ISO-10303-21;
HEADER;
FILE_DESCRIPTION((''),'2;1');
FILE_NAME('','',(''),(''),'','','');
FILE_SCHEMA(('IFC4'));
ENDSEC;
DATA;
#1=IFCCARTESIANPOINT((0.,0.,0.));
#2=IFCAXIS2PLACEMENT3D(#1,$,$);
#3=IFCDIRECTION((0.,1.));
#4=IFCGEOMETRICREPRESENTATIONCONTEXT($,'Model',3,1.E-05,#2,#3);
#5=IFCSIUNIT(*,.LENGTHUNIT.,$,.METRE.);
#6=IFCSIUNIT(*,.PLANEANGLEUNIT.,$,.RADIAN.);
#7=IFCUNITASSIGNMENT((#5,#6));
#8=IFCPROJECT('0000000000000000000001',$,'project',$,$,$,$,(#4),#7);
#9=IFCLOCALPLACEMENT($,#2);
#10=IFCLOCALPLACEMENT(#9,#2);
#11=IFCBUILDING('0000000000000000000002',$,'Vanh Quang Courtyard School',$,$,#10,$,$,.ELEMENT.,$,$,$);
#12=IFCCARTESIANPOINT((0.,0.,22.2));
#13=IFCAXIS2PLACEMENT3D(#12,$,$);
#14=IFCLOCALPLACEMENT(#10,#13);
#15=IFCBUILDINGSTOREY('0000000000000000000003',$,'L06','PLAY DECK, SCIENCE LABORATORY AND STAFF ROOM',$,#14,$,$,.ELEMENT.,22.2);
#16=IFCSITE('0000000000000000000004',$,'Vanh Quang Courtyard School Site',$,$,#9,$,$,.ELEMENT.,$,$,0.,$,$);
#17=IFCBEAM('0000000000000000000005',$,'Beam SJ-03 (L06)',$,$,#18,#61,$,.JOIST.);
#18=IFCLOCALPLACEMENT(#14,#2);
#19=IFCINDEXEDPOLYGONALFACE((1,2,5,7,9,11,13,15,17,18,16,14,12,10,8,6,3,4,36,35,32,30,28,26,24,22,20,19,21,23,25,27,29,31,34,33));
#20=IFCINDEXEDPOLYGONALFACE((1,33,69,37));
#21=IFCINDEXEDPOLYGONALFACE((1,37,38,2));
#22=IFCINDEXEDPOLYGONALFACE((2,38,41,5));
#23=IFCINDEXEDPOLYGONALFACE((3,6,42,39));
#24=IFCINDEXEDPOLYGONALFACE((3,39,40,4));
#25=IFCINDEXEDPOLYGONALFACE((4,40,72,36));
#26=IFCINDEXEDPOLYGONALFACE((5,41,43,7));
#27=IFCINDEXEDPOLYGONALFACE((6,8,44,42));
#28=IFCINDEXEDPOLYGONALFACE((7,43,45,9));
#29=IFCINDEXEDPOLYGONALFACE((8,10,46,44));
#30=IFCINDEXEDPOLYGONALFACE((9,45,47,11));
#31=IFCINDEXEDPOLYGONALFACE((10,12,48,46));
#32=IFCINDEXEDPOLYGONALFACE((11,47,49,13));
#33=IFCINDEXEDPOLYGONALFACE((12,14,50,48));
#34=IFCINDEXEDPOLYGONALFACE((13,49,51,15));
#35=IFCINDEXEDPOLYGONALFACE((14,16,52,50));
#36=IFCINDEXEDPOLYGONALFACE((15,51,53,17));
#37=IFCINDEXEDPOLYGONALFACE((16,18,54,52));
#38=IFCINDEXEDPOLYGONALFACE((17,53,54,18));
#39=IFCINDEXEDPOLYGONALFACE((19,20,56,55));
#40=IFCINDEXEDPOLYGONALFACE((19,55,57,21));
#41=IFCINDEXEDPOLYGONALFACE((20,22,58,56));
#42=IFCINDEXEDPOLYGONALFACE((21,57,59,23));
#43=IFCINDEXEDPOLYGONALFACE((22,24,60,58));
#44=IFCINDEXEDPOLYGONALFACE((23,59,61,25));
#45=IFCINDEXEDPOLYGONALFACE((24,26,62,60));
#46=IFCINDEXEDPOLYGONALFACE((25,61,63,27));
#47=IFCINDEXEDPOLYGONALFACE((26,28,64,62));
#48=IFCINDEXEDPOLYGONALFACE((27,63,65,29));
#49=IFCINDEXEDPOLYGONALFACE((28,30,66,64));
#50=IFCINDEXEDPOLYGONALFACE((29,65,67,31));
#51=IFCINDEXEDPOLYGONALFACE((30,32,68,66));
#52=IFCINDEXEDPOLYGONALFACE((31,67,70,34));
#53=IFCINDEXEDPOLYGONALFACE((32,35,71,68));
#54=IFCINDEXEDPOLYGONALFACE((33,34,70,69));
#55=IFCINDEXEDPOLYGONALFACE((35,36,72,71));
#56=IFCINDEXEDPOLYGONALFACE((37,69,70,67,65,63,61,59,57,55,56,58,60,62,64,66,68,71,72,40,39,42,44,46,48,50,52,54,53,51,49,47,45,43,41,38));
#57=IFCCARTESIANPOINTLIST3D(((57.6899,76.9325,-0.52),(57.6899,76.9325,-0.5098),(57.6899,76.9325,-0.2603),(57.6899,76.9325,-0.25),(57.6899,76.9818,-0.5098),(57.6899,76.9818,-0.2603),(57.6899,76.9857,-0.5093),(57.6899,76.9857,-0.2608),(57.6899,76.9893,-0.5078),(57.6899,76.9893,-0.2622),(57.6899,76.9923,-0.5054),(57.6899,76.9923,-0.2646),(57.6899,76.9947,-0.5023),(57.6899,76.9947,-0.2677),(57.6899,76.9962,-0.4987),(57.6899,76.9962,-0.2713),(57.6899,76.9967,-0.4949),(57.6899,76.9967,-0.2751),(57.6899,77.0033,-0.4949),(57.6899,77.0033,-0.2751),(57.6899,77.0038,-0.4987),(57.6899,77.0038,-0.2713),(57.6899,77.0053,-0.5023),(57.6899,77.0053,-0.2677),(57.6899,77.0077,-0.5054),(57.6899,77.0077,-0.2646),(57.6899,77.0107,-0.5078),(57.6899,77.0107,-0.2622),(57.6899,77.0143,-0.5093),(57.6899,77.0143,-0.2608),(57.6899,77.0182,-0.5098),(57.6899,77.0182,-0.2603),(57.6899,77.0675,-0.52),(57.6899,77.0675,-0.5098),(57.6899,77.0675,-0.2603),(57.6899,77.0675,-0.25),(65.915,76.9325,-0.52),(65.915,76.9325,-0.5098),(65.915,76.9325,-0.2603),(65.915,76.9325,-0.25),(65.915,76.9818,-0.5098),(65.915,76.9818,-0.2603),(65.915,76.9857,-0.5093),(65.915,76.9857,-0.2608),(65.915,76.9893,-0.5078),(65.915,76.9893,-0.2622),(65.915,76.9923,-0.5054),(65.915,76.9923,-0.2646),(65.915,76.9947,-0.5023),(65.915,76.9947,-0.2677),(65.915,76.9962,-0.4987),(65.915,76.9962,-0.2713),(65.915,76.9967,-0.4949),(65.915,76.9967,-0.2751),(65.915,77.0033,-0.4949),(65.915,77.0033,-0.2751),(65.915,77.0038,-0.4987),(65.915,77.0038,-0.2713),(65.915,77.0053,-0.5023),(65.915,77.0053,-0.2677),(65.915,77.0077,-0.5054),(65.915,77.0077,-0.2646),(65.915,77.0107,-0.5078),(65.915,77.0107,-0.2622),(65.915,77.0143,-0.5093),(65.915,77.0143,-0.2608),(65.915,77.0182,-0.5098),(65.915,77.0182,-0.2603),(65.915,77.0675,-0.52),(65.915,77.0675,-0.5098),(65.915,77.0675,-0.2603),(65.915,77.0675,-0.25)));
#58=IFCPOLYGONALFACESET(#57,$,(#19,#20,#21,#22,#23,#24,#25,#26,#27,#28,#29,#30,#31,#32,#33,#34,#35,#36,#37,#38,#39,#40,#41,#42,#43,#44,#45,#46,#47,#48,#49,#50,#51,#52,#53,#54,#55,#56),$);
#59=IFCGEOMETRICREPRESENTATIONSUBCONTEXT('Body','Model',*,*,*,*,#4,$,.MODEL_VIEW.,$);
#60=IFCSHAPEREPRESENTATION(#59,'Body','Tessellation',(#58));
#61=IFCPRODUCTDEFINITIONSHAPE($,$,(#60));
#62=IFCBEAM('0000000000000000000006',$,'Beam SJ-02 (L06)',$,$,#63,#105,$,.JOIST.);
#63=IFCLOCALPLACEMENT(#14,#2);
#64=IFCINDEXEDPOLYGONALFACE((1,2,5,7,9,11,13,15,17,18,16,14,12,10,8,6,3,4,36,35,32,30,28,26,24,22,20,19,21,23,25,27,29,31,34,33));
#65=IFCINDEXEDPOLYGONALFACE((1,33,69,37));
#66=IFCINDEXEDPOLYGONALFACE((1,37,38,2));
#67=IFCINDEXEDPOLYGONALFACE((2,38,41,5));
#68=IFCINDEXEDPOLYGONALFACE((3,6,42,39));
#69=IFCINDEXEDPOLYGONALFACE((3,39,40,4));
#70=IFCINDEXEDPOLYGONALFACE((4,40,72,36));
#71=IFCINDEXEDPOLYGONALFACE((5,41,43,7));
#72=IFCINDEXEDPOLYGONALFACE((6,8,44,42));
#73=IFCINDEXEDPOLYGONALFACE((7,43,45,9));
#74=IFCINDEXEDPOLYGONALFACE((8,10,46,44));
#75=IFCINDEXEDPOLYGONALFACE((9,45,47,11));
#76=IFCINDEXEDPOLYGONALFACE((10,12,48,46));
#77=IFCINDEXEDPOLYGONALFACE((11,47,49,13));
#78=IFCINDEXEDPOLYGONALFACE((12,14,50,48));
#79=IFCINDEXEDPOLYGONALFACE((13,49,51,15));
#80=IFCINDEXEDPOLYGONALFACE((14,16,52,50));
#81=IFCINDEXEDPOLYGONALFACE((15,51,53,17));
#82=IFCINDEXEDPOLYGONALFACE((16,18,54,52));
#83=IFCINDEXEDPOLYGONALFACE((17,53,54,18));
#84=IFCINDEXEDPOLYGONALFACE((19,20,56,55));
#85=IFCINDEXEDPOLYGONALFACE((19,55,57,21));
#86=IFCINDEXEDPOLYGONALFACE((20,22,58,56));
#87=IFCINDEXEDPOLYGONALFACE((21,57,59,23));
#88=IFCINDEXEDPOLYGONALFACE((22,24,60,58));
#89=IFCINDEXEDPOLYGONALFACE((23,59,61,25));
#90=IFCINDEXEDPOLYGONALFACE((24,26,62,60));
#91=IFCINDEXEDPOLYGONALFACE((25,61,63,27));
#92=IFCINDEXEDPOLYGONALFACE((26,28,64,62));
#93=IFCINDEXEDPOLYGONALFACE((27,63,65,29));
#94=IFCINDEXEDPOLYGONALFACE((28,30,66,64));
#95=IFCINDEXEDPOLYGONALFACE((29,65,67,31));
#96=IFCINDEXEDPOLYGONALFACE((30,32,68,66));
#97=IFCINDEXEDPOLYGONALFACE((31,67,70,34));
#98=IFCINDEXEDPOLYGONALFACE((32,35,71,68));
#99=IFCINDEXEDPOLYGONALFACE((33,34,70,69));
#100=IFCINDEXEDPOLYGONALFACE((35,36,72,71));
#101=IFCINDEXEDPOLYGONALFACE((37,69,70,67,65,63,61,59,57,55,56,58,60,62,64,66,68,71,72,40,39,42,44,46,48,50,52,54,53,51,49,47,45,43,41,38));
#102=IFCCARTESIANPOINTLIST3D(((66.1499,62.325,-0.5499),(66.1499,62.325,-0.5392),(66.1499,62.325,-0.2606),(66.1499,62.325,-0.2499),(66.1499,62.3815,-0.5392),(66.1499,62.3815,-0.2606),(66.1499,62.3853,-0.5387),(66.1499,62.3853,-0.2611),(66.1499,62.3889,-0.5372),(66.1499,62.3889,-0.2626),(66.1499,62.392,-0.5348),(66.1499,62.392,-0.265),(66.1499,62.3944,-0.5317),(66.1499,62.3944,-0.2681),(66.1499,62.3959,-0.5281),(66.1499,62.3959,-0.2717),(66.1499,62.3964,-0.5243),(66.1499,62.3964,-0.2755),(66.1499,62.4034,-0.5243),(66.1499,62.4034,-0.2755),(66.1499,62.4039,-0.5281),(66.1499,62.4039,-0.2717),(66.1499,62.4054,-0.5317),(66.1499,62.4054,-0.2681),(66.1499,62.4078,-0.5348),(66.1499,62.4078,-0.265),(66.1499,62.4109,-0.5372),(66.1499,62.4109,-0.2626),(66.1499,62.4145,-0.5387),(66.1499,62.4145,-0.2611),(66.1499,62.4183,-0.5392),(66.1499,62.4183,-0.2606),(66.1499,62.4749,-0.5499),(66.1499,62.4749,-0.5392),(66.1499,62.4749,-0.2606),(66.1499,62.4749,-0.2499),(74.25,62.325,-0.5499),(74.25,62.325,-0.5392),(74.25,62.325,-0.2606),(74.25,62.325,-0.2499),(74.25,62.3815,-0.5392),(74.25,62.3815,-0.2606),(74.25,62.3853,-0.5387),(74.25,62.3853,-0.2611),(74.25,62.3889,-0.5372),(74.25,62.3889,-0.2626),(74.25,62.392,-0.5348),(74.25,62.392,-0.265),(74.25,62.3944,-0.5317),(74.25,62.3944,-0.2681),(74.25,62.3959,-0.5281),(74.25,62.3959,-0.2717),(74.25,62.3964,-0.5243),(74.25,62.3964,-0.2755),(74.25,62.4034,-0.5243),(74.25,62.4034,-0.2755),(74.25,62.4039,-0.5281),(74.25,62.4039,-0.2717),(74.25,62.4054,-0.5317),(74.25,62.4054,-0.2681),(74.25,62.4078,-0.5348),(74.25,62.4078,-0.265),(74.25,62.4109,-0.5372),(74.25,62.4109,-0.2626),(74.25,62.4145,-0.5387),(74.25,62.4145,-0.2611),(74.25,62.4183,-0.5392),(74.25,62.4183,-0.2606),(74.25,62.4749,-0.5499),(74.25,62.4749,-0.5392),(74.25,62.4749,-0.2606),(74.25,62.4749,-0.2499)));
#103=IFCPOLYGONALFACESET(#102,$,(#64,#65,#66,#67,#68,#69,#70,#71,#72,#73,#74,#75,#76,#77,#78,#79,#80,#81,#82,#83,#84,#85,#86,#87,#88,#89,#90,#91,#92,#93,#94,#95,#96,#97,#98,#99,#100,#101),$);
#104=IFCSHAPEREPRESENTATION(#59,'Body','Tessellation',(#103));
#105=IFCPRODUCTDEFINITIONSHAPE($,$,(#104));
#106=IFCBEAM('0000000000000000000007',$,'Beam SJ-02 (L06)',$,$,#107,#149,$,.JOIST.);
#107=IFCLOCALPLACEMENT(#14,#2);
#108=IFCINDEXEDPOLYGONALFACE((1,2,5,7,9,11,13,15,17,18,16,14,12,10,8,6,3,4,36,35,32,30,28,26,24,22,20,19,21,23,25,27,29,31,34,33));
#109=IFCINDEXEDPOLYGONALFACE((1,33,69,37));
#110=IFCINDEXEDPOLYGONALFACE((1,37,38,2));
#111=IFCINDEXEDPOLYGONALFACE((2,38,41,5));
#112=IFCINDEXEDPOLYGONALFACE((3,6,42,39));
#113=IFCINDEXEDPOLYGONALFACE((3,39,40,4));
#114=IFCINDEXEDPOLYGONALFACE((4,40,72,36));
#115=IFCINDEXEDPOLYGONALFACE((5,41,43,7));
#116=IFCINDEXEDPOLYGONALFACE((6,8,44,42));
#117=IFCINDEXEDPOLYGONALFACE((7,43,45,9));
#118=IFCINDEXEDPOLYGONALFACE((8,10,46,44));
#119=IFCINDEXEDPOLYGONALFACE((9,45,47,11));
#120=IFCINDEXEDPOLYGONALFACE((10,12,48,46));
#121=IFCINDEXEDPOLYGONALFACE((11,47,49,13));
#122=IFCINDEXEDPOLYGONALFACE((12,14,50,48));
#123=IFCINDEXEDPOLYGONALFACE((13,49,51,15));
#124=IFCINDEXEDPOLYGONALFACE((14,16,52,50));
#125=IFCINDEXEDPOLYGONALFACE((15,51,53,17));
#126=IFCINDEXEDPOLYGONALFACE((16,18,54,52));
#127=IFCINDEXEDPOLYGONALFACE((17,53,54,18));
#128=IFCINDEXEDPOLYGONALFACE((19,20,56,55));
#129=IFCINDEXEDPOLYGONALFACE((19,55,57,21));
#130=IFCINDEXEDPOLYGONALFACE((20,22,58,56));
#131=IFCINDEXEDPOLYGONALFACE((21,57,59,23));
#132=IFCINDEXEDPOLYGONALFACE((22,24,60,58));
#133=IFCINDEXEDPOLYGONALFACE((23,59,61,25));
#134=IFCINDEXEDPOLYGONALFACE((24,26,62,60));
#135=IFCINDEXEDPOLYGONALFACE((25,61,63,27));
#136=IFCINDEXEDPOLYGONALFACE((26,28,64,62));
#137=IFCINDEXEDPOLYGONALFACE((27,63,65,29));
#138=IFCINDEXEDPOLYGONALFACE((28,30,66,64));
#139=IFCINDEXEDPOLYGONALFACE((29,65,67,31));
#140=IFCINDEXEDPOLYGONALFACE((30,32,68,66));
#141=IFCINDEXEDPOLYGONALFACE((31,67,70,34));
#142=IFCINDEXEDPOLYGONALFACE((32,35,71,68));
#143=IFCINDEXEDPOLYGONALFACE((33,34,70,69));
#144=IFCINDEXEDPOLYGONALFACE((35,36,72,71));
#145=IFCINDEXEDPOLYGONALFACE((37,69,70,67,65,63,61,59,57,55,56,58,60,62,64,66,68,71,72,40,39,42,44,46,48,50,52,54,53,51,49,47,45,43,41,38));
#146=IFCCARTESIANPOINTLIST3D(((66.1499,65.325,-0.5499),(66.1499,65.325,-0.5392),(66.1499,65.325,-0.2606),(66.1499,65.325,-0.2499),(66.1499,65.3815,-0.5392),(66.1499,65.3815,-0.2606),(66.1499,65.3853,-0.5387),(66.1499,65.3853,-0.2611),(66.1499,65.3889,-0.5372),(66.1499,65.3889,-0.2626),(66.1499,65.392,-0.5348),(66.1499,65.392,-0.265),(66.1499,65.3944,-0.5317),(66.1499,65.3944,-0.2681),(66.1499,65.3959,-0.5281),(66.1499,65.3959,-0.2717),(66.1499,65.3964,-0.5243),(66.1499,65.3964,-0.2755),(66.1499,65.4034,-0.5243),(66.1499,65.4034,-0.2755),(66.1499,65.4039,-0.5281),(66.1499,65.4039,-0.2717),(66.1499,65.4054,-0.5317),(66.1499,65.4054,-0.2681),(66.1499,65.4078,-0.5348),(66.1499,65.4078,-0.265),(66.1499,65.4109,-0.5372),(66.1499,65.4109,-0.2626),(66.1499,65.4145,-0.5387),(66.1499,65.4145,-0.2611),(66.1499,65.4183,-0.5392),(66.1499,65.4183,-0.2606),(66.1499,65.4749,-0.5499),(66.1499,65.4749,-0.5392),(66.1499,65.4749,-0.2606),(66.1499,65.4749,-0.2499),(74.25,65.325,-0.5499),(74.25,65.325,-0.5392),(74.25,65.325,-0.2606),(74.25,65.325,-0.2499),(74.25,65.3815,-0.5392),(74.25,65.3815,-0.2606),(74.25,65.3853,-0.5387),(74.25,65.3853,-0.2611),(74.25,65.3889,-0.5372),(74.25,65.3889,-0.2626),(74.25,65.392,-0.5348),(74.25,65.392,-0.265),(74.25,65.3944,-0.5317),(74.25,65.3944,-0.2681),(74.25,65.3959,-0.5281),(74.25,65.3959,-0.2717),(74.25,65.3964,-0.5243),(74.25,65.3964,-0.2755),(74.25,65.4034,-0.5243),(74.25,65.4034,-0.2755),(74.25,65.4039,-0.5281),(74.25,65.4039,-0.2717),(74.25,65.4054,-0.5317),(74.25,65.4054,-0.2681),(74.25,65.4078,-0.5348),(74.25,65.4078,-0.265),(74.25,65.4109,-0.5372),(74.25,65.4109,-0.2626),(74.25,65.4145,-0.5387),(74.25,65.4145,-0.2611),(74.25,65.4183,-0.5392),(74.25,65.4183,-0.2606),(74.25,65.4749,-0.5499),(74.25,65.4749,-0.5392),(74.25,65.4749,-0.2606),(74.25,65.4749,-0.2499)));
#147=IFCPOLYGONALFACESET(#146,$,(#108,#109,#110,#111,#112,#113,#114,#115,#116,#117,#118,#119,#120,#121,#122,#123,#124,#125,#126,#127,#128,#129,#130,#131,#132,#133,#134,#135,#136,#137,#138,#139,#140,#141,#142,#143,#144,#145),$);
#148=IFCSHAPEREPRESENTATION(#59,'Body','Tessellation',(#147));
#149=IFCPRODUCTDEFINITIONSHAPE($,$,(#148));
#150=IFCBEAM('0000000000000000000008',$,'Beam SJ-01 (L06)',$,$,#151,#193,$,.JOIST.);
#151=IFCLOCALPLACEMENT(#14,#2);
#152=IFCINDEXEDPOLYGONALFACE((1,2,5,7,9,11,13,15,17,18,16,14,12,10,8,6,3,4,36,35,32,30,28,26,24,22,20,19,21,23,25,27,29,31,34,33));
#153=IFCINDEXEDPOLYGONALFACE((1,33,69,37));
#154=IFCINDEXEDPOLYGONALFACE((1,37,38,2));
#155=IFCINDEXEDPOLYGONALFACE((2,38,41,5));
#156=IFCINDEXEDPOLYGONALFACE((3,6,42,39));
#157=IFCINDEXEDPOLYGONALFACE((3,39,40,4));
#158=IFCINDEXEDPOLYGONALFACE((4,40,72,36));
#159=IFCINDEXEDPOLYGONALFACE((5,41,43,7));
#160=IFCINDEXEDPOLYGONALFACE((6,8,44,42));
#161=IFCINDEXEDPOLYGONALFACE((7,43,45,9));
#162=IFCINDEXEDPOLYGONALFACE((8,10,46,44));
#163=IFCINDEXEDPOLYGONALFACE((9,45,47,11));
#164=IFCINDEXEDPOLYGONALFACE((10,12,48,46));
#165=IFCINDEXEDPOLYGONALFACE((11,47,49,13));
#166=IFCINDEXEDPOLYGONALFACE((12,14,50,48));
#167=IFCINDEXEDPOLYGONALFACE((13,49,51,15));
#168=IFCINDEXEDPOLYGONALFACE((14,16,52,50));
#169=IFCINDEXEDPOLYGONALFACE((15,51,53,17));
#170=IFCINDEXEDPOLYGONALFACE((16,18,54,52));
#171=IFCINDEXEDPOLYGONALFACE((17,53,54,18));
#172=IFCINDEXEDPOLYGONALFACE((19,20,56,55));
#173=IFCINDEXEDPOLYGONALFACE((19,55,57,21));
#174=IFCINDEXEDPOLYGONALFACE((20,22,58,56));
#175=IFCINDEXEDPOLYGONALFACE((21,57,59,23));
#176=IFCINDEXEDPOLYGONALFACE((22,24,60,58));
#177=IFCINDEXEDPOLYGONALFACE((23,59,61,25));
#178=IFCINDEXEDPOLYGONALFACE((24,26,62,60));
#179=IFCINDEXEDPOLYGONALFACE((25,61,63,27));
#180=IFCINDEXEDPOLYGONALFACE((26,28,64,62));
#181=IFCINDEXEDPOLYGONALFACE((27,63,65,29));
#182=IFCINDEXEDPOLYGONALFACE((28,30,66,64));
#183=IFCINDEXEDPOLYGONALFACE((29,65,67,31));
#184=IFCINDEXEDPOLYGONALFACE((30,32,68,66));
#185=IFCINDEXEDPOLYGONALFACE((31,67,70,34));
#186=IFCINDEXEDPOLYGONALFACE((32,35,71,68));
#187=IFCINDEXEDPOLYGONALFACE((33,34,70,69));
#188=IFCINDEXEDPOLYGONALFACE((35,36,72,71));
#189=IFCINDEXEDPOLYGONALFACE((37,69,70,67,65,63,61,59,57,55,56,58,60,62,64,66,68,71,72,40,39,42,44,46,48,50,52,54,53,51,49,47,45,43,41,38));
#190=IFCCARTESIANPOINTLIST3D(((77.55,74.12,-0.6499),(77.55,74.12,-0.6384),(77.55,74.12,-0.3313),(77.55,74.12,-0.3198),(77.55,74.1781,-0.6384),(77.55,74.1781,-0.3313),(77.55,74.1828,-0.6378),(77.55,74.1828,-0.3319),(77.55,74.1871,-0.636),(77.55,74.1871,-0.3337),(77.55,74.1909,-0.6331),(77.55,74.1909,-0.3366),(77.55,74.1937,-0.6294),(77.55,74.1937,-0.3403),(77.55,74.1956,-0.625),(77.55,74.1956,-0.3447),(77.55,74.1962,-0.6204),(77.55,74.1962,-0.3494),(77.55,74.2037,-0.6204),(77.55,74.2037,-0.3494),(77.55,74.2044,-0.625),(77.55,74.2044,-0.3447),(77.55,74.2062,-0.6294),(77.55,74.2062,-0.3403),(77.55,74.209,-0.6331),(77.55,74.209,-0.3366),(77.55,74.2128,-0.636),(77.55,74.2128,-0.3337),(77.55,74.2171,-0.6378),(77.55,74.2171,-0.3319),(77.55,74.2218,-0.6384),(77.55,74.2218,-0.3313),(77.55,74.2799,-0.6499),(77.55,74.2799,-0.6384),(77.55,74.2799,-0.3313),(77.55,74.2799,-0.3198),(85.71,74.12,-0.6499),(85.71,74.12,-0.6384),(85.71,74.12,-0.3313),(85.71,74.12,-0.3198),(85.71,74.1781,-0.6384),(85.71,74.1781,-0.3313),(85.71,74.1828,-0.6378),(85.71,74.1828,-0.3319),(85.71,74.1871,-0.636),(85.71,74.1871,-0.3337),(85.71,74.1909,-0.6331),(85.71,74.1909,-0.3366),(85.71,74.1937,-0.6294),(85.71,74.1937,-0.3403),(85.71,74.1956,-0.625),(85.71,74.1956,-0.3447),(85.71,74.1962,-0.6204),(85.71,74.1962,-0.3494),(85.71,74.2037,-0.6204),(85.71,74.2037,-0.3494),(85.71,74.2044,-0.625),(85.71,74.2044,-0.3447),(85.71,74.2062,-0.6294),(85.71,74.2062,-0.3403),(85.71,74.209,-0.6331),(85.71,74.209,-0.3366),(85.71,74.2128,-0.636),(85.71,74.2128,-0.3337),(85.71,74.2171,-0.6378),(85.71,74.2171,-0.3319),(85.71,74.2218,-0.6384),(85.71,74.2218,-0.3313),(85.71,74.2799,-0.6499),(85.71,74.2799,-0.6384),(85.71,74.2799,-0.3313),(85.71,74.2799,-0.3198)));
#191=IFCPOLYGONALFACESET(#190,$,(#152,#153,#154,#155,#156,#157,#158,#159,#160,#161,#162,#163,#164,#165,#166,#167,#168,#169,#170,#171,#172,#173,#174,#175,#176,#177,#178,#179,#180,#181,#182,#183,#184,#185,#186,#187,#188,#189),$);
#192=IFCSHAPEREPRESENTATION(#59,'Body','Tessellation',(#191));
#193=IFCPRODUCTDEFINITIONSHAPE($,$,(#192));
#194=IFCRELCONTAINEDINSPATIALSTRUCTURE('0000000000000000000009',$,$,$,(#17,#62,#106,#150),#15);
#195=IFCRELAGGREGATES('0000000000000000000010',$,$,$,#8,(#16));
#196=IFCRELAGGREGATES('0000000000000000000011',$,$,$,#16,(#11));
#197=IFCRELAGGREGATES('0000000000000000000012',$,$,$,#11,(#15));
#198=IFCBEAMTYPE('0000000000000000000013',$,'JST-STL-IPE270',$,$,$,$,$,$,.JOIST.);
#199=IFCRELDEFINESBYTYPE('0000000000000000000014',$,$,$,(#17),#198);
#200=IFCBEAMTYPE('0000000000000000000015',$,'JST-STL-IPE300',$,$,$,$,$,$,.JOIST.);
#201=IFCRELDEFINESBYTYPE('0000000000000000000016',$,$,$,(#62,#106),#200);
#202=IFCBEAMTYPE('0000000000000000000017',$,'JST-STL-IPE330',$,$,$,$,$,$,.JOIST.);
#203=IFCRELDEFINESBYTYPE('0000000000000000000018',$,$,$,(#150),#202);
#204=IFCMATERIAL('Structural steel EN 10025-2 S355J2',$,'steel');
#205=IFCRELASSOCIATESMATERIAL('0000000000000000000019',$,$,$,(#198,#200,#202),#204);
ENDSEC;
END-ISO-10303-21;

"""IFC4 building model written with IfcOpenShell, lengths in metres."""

from ifc_helpers import new_model, si_unit, direction, frame, origin, origin_2d, place, context, subcontext, project, spatial, i_section, extrude, material, material_profile, profile_set, type_object, element, save


model = new_model("IFC4")

# Units and contexts
model_context = context("Model", 3, precision=1e-05, world=origin(), true_north=direction((0.0, 1.0)))
body_context = subcontext(model_context, "Body", "Model", "MODEL_VIEW")
ifc_project = project(units=[si_unit("LENGTHUNIT", "METRE"), si_unit("PLANEANGLEUNIT", "RADIAN")], contexts=[model_context])

# Site, building, storey
site_placement = place(None, origin())
site = spatial("IfcSite", under=ifc_project, at=site_placement, Name="Vanh Quang Courtyard School Site", CompositionType="ELEMENT", RefElevation=0.0)
building_placement = place(site_placement, origin())
building = spatial("IfcBuilding", under=site, at=building_placement, Name="Vanh Quang Courtyard School", CompositionType="ELEMENT")
storey_placement = place(building_placement, frame((0.0, 0.0, 22.2)))
storey = spatial("IfcBuildingStorey", under=building, at=storey_placement, Name="L06", Description="PLAY DECK, SCIENCE LABORATORY AND STAFF ROOM", CompositionType="ELEMENT", Elevation=22.2)

# Shared definitions
ifc_material_1 = material(Name="Structural steel EN 10025-2 S355J2", Category="steel")

# Beams
ifc_material_profile_1 = material_profile(ifc_material_1, i_section(OverallWidth=0.135, OverallDepth=0.27, WebThickness=0.0066, FlangeThickness=0.0103, FilletRadius=0.0149, at=origin_2d()), Name="IPE 270")
ifc_profile_set_1 = profile_set([ifc_material_profile_1], Name="Structural steel EN 10025-2 S355J2")
beam_type_1 = type_object("IfcBeamType", Name="JST-STL-IPE270", PredefinedType="JOIST", material=ifc_profile_set_1)
for number, where, z_axis, x_axis, name in (
    (1, (57.6899, 77.0, -0.385), (1.0, 0.0, 0.0), (0.0, 1.0, 0.0), "Beam SJ-03 (L06)"),
):
    element("IfcBeam", number, at=place(storey_placement, frame(where, z_axis=z_axis, x_axis=x_axis)), inside=storey, type_object=beam_type_1, Name=name, PredefinedType="JOIST", context=body_context, shape_type="SweptSolid", body=[
        extrude(i_section(OverallWidth=0.135, OverallDepth=0.27, WebThickness=0.0066, FlangeThickness=0.0103, FilletRadius=0.0149, at=origin_2d()), origin(), (0.0, 0.0, 1.0), 8.2251),
    ])
ifc_material_profile_2 = material_profile(ifc_material_1, i_section(OverallWidth=0.1499, OverallDepth=0.3, WebThickness=0.0071, FlangeThickness=0.0107, FilletRadius=0.0149, at=origin_2d()), Name="IPE 300")
ifc_profile_set_2 = profile_set([ifc_material_profile_2], Name="Structural steel EN 10025-2 S355J2")
beam_type_2 = type_object("IfcBeamType", Name="JST-STL-IPE300", PredefinedType="JOIST", material=ifc_profile_set_2)
for number, where, z_axis, x_axis, name in (
    (2, (66.1499, 62.3999, -0.3999), (1.0, 0.0, 0.0), (0.0, 1.0, 0.0), "Beam SJ-02 (L06)"),
    (3, (66.1499, 65.3999, -0.3999), (1.0, 0.0, 0.0), (0.0, 1.0, 0.0), "Beam SJ-02 (L06)"),
):
    element("IfcBeam", number, at=place(storey_placement, frame(where, z_axis=z_axis, x_axis=x_axis)), inside=storey, type_object=beam_type_2, Name=name, PredefinedType="JOIST", context=body_context, shape_type="SweptSolid", body=[
        extrude(i_section(OverallWidth=0.1499, OverallDepth=0.3, WebThickness=0.0071, FlangeThickness=0.0107, FilletRadius=0.0149, at=origin_2d()), origin(), (0.0, 0.0, 1.0), 8.1001),
    ])
ifc_material_profile_3 = material_profile(ifc_material_1, i_section(OverallWidth=0.1599, OverallDepth=0.3301, WebThickness=0.0076, FlangeThickness=0.0115, FilletRadius=0.0181, at=origin_2d()), Name="IPE 330")
ifc_profile_set_3 = profile_set([ifc_material_profile_3], Name="Structural steel EN 10025-2 S355J2")
beam_type_3 = type_object("IfcBeamType", Name="JST-STL-IPE330", PredefinedType="JOIST", material=ifc_profile_set_3)
for number, where, z_axis, x_axis, name in (
    (4, (77.55, 74.2, -0.4849), (1.0, 0.0, 0.0), (0.0, 1.0, 0.0), "Beam SJ-01 (L06)"),
):
    element("IfcBeam", number, at=place(storey_placement, frame(where, z_axis=z_axis, x_axis=x_axis)), inside=storey, type_object=beam_type_3, Name=name, PredefinedType="JOIST", context=body_context, shape_type="SweptSolid", body=[
        extrude(i_section(OverallWidth=0.1599, OverallDepth=0.3301, WebThickness=0.0076, FlangeThickness=0.0115, FilletRadius=0.0181, at=origin_2d()), origin(), (0.0, 0.0, 1.0), 8.1599),
    ])

save(model, "model.ifc")
